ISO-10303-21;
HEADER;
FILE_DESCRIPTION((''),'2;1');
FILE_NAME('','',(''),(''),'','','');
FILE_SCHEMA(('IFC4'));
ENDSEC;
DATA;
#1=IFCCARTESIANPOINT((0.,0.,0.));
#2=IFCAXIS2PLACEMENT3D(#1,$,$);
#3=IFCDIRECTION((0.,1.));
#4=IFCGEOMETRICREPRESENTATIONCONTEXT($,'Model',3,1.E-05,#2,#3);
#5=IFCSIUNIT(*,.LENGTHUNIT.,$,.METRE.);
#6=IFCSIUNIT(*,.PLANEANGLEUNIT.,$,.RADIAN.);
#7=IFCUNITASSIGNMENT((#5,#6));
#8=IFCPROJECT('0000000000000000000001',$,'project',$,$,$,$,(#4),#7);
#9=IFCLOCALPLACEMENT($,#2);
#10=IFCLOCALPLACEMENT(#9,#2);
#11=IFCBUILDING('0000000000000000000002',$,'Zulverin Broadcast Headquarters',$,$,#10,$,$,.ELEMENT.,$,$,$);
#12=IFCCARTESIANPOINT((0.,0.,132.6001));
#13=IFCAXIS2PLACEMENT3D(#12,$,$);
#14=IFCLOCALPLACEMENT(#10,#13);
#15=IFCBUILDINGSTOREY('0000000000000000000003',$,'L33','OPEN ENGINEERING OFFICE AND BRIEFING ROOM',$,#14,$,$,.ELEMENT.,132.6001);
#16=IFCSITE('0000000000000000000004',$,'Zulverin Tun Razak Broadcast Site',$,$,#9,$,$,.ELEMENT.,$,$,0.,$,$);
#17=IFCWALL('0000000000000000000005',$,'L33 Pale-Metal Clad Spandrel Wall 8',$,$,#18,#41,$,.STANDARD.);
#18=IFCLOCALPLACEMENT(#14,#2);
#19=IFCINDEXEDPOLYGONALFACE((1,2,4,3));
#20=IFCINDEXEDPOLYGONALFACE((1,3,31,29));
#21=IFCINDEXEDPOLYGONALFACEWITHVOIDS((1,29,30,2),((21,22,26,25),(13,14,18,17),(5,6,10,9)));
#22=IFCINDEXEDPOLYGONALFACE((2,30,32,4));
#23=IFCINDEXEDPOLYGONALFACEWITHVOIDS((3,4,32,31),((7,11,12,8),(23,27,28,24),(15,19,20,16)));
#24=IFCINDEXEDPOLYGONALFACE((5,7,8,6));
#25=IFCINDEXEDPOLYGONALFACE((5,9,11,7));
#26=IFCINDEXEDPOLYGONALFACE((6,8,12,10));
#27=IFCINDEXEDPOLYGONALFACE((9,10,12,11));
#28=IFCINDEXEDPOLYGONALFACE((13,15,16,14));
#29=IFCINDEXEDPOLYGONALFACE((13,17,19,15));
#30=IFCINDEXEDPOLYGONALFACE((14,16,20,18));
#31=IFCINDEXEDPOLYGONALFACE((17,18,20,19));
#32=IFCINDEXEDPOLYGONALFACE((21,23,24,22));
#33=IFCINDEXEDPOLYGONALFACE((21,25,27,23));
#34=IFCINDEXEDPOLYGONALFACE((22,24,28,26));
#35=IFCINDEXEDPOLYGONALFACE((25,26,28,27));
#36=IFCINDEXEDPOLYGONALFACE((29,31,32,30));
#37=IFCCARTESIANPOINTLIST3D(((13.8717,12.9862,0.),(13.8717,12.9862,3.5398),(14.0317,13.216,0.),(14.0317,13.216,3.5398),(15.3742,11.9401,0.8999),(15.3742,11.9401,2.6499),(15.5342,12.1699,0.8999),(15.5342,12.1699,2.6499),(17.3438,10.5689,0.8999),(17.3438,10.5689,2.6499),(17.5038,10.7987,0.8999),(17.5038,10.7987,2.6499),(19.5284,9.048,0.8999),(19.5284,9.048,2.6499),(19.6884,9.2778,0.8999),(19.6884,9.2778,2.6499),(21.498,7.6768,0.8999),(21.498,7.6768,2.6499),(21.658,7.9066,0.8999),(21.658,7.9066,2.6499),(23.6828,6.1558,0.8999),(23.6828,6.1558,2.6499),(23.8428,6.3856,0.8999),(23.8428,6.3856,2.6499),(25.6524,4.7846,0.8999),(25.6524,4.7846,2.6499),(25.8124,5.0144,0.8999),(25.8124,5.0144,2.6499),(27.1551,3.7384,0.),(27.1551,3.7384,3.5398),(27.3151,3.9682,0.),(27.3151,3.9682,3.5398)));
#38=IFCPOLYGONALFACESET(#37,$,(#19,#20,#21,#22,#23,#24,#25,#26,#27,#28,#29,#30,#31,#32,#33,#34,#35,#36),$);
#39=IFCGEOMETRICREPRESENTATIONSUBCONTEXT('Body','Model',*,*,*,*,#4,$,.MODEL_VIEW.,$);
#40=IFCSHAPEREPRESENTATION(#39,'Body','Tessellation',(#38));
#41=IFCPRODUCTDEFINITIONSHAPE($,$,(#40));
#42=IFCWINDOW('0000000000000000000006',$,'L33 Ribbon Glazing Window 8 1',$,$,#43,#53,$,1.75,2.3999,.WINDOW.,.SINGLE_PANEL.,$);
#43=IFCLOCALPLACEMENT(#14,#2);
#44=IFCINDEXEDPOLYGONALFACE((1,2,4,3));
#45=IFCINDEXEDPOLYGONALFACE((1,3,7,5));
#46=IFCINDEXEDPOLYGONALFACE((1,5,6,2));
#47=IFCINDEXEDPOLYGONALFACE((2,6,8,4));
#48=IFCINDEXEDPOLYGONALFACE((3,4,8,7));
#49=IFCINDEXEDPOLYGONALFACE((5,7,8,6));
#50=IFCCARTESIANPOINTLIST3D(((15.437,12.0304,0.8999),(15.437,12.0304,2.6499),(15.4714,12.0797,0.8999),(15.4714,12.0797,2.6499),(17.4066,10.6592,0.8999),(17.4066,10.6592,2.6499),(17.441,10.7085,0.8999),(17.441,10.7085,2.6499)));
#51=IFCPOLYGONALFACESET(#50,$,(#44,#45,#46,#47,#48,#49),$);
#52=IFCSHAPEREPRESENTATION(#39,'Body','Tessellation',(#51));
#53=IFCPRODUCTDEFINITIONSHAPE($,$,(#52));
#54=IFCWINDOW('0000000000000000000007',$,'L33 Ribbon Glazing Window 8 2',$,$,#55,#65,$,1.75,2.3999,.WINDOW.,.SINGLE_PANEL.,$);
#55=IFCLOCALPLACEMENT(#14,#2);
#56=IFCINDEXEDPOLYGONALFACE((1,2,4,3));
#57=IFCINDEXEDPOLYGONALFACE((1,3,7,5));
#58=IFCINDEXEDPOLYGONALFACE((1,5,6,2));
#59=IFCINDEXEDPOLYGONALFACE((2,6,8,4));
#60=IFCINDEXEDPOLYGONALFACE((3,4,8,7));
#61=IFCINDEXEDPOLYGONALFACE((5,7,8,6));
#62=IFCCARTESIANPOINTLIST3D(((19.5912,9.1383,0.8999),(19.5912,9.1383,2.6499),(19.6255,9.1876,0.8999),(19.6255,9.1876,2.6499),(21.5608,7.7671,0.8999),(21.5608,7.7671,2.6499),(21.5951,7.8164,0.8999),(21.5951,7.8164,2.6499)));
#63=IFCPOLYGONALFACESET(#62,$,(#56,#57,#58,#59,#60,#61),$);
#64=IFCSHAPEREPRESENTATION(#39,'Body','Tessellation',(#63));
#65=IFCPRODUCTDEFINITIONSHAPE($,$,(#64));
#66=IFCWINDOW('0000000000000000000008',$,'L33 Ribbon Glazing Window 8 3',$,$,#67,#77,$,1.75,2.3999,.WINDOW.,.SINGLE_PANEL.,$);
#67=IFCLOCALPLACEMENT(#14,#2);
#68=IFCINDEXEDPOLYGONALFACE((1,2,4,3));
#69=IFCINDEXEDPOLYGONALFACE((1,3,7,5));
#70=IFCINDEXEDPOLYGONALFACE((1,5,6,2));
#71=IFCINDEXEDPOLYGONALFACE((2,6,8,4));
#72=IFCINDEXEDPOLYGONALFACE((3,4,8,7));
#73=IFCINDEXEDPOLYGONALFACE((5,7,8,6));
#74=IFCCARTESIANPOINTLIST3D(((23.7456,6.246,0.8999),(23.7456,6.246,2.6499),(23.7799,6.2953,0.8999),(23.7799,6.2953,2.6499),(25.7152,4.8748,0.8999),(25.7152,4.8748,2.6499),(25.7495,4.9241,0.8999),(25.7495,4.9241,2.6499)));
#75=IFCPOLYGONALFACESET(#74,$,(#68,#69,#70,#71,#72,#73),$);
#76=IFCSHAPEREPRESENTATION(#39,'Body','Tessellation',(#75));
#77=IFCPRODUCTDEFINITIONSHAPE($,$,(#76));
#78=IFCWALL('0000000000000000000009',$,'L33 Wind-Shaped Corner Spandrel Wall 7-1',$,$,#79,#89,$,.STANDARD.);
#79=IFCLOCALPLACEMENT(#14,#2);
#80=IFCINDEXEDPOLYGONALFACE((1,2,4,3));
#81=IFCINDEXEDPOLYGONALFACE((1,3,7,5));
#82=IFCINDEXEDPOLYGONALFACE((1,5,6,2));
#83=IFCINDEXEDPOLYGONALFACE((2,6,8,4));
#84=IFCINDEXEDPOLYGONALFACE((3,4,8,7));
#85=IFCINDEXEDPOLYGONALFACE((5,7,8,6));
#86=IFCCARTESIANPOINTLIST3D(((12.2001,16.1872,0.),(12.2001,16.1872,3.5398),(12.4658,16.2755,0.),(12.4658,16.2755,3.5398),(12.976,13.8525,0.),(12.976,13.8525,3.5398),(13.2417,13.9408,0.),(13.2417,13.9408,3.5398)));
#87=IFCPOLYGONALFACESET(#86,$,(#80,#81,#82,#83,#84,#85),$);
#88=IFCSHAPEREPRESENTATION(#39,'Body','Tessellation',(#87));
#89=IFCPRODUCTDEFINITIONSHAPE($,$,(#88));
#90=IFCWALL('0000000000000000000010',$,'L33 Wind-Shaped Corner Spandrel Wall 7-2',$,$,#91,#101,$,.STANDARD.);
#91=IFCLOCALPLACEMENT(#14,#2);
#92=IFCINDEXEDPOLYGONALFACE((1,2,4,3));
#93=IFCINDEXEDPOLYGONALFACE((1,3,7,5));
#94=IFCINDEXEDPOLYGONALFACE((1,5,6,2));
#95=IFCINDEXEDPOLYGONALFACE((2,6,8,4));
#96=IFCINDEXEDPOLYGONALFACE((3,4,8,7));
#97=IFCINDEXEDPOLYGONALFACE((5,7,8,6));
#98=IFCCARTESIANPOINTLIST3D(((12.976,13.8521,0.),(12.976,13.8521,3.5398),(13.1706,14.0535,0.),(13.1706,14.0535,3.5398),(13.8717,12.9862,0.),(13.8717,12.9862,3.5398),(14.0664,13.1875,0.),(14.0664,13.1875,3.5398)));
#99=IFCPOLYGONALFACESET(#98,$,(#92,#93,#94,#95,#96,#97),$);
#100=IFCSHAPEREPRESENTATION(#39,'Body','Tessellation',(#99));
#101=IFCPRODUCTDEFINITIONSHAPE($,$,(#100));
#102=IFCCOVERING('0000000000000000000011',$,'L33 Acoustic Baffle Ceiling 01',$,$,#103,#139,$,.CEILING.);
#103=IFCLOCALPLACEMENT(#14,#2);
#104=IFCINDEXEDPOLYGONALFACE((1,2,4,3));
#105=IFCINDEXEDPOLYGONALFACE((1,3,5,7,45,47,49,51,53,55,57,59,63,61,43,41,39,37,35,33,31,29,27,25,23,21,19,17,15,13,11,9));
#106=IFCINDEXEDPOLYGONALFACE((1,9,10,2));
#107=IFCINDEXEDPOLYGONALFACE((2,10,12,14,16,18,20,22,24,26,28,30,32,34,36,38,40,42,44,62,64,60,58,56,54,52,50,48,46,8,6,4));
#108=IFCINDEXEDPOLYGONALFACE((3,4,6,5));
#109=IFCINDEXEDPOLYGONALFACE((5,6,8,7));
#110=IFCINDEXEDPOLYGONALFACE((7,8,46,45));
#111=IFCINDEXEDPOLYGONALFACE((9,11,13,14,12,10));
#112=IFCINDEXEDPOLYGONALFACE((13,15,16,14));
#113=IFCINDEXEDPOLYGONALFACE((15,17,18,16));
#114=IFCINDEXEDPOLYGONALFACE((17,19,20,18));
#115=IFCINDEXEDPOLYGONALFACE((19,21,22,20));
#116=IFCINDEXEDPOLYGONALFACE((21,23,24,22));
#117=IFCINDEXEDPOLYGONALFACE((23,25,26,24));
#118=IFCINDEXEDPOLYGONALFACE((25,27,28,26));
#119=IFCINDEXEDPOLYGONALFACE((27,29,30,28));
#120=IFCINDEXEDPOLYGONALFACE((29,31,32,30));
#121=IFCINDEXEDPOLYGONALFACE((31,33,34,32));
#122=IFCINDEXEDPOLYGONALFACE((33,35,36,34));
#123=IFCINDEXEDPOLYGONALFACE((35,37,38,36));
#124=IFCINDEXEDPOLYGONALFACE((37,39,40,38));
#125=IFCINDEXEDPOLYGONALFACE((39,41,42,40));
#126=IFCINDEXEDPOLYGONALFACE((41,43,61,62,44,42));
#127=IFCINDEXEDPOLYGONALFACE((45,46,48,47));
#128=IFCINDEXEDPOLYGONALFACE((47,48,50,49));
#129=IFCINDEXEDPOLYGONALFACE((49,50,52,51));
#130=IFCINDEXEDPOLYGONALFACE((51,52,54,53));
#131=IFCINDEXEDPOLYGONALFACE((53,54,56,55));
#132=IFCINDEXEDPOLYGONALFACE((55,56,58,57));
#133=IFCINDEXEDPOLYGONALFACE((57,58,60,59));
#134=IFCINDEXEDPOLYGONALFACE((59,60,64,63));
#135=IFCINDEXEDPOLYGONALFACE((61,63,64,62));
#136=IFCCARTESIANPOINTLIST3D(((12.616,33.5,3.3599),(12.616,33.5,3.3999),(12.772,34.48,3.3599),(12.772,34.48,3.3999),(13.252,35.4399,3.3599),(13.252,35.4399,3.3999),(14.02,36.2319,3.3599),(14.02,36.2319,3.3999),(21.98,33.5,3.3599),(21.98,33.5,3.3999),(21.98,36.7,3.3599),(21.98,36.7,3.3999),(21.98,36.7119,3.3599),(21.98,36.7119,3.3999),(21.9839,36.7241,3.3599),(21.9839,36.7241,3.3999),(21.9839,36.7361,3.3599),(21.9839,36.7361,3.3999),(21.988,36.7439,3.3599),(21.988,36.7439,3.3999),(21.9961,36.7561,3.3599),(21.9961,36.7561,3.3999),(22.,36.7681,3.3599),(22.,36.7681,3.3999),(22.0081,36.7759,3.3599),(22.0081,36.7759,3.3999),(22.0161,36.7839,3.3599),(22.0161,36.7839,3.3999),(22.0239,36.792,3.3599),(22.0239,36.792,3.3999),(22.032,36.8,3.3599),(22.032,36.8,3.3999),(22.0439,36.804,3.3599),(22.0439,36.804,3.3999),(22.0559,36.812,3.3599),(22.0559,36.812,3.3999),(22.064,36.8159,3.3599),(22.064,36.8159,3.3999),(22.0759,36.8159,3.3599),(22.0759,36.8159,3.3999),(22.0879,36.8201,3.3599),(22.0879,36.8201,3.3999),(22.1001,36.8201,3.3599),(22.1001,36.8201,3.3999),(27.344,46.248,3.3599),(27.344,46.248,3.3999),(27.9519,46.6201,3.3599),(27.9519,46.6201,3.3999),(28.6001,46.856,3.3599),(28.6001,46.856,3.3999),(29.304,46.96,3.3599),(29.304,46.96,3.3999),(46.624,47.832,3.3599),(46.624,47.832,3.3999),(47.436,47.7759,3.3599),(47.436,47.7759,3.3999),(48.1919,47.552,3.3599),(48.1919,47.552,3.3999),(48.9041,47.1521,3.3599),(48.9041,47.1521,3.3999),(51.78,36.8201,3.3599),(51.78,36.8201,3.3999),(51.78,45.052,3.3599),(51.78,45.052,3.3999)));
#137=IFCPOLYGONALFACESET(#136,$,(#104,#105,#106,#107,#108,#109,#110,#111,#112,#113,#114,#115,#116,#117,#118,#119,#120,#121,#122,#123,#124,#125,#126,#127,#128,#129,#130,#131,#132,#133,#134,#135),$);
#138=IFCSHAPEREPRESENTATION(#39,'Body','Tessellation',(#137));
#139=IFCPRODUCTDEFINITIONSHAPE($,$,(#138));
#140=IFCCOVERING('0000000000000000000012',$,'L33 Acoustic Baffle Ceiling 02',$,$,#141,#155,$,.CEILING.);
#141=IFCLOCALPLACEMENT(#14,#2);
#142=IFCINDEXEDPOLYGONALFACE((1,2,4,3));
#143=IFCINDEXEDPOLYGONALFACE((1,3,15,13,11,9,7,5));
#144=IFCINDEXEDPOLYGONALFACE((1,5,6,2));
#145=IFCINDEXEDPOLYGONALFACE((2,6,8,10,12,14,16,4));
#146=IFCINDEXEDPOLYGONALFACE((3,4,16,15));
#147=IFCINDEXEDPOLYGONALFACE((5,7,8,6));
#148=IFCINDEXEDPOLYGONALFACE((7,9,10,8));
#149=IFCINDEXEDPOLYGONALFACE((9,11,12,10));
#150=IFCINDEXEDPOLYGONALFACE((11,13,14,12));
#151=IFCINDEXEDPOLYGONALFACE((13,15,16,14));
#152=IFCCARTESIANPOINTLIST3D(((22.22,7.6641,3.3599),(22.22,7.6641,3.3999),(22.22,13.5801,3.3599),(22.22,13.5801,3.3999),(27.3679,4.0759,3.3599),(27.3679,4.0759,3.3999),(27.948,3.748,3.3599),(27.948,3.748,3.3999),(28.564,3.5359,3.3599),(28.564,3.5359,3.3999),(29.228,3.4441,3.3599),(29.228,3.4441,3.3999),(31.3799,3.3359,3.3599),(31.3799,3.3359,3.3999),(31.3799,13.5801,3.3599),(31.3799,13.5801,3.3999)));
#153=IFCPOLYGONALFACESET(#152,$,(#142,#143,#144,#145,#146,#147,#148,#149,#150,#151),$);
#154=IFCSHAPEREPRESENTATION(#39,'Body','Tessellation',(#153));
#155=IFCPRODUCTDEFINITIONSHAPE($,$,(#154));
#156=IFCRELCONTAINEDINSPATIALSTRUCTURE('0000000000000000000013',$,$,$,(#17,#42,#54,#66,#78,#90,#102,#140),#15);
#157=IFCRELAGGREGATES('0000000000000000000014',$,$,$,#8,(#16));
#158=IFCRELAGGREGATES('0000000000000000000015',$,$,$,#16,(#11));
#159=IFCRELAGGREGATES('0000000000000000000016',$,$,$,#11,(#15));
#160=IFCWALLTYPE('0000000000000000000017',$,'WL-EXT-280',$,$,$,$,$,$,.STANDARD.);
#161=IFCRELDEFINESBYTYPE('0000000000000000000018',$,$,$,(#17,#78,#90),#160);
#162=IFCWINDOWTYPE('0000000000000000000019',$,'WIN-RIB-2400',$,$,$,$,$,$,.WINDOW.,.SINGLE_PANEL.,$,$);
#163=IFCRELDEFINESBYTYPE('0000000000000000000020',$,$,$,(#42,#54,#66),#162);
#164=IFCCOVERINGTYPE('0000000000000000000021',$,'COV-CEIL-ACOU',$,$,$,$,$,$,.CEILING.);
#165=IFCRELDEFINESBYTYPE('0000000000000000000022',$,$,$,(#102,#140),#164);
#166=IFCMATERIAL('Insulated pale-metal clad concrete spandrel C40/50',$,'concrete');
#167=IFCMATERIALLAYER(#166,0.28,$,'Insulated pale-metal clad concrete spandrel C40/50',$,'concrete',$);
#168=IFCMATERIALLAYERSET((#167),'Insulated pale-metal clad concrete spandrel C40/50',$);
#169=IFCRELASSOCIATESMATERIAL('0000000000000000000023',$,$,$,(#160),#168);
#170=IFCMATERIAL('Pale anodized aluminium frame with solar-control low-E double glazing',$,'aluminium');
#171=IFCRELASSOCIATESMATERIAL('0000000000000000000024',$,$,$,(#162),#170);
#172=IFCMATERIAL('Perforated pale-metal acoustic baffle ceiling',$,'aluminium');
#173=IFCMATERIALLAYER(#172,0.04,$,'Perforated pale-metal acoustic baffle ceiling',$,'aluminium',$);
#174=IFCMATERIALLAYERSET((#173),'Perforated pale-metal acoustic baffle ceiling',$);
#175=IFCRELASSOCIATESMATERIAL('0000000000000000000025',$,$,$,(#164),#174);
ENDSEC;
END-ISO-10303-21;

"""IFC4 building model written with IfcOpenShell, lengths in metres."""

from ifc_helpers import new_model, si_unit, direction, frame, frame_2d, origin, place, context, subcontext, project, spatial, polyline, rectangle, outline, extrude, material, layer, layer_set, type_object, element, fill, save


model = new_model("IFC4")

# Units and contexts
model_context = context("Model", 3, precision=1e-05, world=origin(), true_north=direction((0.0, 1.0)))
body_context = subcontext(model_context, "Body", "Model", "MODEL_VIEW")
ifc_project = project(units=[si_unit("LENGTHUNIT", "METRE"), si_unit("PLANEANGLEUNIT", "RADIAN")], contexts=[model_context])

# Site, building, storey
site_placement = place(None, origin())
site = spatial("IfcSite", under=ifc_project, at=site_placement, Name="Zulverin Tun Razak Broadcast Site", CompositionType="ELEMENT", RefElevation=0.0)
building_placement = place(site_placement, origin())
building = spatial("IfcBuilding", under=site, at=building_placement, Name="Zulverin Broadcast Headquarters", CompositionType="ELEMENT")
storey_placement = place(building_placement, frame((0.0, 0.0, 132.6001)))
storey = spatial("IfcBuildingStorey", under=building, at=storey_placement, Name="L33", Description="OPEN ENGINEERING OFFICE AND BRIEFING ROOM", CompositionType="ELEMENT", Elevation=132.6001)

# Wall, openings, windows
ifc_material_1 = material(Name="Insulated pale-metal clad concrete spandrel C40/50", Category="concrete")
ifc_layer_1 = layer(ifc_material_1, 0.28, Name="Insulated pale-metal clad concrete spandrel C40/50", Category="concrete")
ifc_layer_set_1 = layer_set([ifc_layer_1], Name="Insulated pale-metal clad concrete spandrel C40/50")
wall_type = type_object("IfcWallType", Name="WL-EXT-280", PredefinedType="STANDARD", material=ifc_layer_set_1)
wall_1_placement = place(storey_placement, frame((13.9517, 13.1011, 0.0), z_axis=(0.0, 0.0, 1.0), x_axis=(0.820698, -0.571362, 0.0)))
wall_1 = element("IfcWall", 1, at=wall_1_placement, inside=storey, type_object=wall_type, Name="L33 Pale-Metal Clad Spandrel Wall 8", PredefinedType="STANDARD", context=body_context, shape_type="SweptSolid", body=[
    extrude(rectangle(XDim=16.1855, YDim=0.28, at=frame_2d((8.0928, 0.0))), origin(), (0.0, 0.0, 1.0), 3.5398),
])
opening_1_placement = place(wall_1_placement, frame((1.8308, 0.0, 0.8999)))
opening_1 = element("IfcOpeningElement", 2, at=opening_1_placement, cuts=wall_1, PredefinedType="OPENING", context=body_context, shape_type="SweptSolid", body=[
    extrude(rectangle(XDim=2.3999, YDim=1.75, at=frame_2d((1.2, 0.875))), frame((0.0, 0.1499, 0.0), z_axis=(0.0, -1.0, 0.0), x_axis=(1.0, 0.0, 0.0)), (0.0, 0.0, 1.0), 0.3),
])
opening_2_placement = place(wall_1_placement, frame((6.8926, 0.0, 0.8999)))
opening_2 = element("IfcOpeningElement", 3, at=opening_2_placement, cuts=wall_1, PredefinedType="OPENING", context=body_context, shape_type="SweptSolid", body=[
    extrude(rectangle(XDim=2.3999, YDim=1.75, at=frame_2d((1.2, 0.875))), frame((0.0, 0.1499, 0.0), z_axis=(0.0, -1.0, 0.0), x_axis=(1.0, 0.0, 0.0)), (0.0, 0.0, 1.0), 0.3),
])
opening_3_placement = place(wall_1_placement, frame((11.9546, 0.0, 0.8999)))
opening_3 = element("IfcOpeningElement", 4, at=opening_3_placement, cuts=wall_1, PredefinedType="OPENING", context=body_context, shape_type="SweptSolid", body=[
    extrude(rectangle(XDim=2.3999, YDim=1.75, at=frame_2d((1.2, 0.875))), frame((0.0, 0.1499, 0.0), z_axis=(0.0, -1.0, 0.0), x_axis=(1.0, 0.0, 0.0)), (0.0, 0.0, 1.0), 0.3),
])
ifc_material_2 = material(Name="Pale anodized aluminium frame with solar-control low-E double glazing", Category="aluminium")
window_type = type_object("IfcWindowType", Name="WIN-RIB-2400", PartitioningType="SINGLE_PANEL", PredefinedType="WINDOW", material=ifc_material_2)
window_1_placement = place(opening_1_placement, origin())
window_1 = element("IfcWindow", 5, at=window_1_placement, inside=storey, type_object=window_type, Name="L33 Ribbon Glazing Window 8 1", OverallHeight=1.75, OverallWidth=2.3999, PartitioningType="SINGLE_PANEL", PredefinedType="WINDOW", context=body_context, shape_type="SweptSolid", body=[
    extrude(rectangle(XDim=2.3999, YDim=1.75, at=frame_2d((1.2, 0.875))), frame((0.0, 0.03, 0.0), z_axis=(0.0, -1.0, 0.0), x_axis=(1.0, 0.0, 0.0)), (0.0, 0.0, 1.0), 0.0601),
])
fill(opening_1, window_1)
window_2_placement = place(opening_2_placement, origin())
window_2 = element("IfcWindow", 6, at=window_2_placement, inside=storey, type_object=window_type, Name="L33 Ribbon Glazing Window 8 2", OverallHeight=1.75, OverallWidth=2.3999, PartitioningType="SINGLE_PANEL", PredefinedType="WINDOW", context=body_context, shape_type="SweptSolid", body=[
    extrude(rectangle(XDim=2.3999, YDim=1.75, at=frame_2d((1.2, 0.875))), frame((0.0, 0.03, 0.0), z_axis=(0.0, -1.0, 0.0), x_axis=(1.0, 0.0, 0.0)), (0.0, 0.0, 1.0), 0.0601),
])
fill(opening_2, window_2)
window_3_placement = place(opening_3_placement, origin())
window_3 = element("IfcWindow", 7, at=window_3_placement, inside=storey, type_object=window_type, Name="L33 Ribbon Glazing Window 8 3", OverallHeight=1.75, OverallWidth=2.3999, PartitioningType="SINGLE_PANEL", PredefinedType="WINDOW", context=body_context, shape_type="SweptSolid", body=[
    extrude(rectangle(XDim=2.3999, YDim=1.75, at=frame_2d((1.2, 0.875))), frame((0.0, 0.03, 0.0), z_axis=(0.0, -1.0, 0.0), x_axis=(1.0, 0.0, 0.0)), (0.0, 0.0, 1.0), 0.0601),
])
fill(opening_3, window_3)

# Walls
wall_2_placement = place(storey_placement, frame((12.333, 16.2312, 0.0), z_axis=(0.0, 0.0, 1.0), x_axis=(0.315364, -0.948971, 0.0)))
element("IfcWall", 8, at=wall_2_placement, inside=storey, type_object=wall_type, Name="L33 Wind-Shaped Corner Spandrel Wall 7-1", PredefinedType="STANDARD", context=body_context, shape_type="SweptSolid", body=[
    extrude(rectangle(XDim=2.4602, YDim=0.28, at=frame_2d((1.23, 0.0))), origin(), (0.0, 0.0, 1.0), 3.5398),
])
wall_3_placement = place(storey_placement, frame((13.0732, 13.9529, 0.0), z_axis=(0.0, 0.0, 1.0), x_axis=(0.718959, -0.695052, 0.0)))
element("IfcWall", 9, at=wall_3_placement, inside=storey, type_object=wall_type, Name="L33 Wind-Shaped Corner Spandrel Wall 7-2", PredefinedType="STANDARD", context=body_context, shape_type="SweptSolid", body=[
    extrude(rectangle(XDim=1.2458, YDim=0.28, at=frame_2d((0.623, 0.0))), origin(), (0.0, 0.0, 1.0), 3.5398),
])

# Coverings
ifc_material_3 = material(Name="Perforated pale-metal acoustic baffle ceiling", Category="aluminium")
ifc_layer_2 = layer(ifc_material_3, 0.04, Name="Perforated pale-metal acoustic baffle ceiling", Category="aluminium")
ifc_layer_set_2 = layer_set([ifc_layer_2], Name="Perforated pale-metal acoustic baffle ceiling")
covering_type_1 = type_object("IfcCoveringType", Name="COV-CEIL-ACOU", PredefinedType="CEILING", material=ifc_layer_set_2)
covering_1_placement = place(storey_placement, frame((0.0, 0.0, 3.3599)))
element("IfcCovering", 10, at=covering_1_placement, inside=storey, type_object=covering_type_1, Name="L33 Acoustic Baffle Ceiling 01", PredefinedType="CEILING", context=body_context, shape_type="SweptSolid", body=[
    extrude(outline(polyline([(14.02, 36.2319), (13.252, 35.4399), (12.772, 34.48), (12.616, 33.5), (21.98, 33.5), (21.98, 36.7), (21.98, 36.7119), (21.9839, 36.7241), (21.9839, 36.7361), (21.988, 36.7439), (21.9961, 36.7561), (22.0, 36.7681), (22.0081, 36.7759), (22.0161, 36.7839), (22.0239, 36.792), (22.032, 36.8), (22.0439, 36.804), (22.0559, 36.812), (22.064, 36.8159), (22.0759, 36.8159), (22.0879, 36.8201), (22.1001, 36.8201), (51.78, 36.8201), (51.78, 45.052), (48.9041, 47.1521), (48.1919, 47.552), (47.436, 47.7759), (46.624, 47.832), (29.304, 46.96), (28.6001, 46.856), (27.9519, 46.6201), (27.344, 46.248), (14.02, 36.2319)])), origin(), (0.0, 0.0, 1.0), 0.04),
])
covering_2_placement = place(storey_placement, frame((0.0, 0.0, 3.3599)))
element("IfcCovering", 11, at=covering_2_placement, inside=storey, type_object=covering_type_1, Name="L33 Acoustic Baffle Ceiling 02", PredefinedType="CEILING", context=body_context, shape_type="SweptSolid", body=[
    extrude(outline(polyline([(27.948, 3.748), (28.564, 3.5359), (29.228, 3.4441), (31.3799, 3.3359), (31.3799, 13.5801), (22.22, 13.5801), (22.22, 7.6641), (27.3679, 4.0759), (27.948, 3.748)])), origin(), (0.0, 0.0, 1.0), 0.04),
])

save(model, "model.ifc")
